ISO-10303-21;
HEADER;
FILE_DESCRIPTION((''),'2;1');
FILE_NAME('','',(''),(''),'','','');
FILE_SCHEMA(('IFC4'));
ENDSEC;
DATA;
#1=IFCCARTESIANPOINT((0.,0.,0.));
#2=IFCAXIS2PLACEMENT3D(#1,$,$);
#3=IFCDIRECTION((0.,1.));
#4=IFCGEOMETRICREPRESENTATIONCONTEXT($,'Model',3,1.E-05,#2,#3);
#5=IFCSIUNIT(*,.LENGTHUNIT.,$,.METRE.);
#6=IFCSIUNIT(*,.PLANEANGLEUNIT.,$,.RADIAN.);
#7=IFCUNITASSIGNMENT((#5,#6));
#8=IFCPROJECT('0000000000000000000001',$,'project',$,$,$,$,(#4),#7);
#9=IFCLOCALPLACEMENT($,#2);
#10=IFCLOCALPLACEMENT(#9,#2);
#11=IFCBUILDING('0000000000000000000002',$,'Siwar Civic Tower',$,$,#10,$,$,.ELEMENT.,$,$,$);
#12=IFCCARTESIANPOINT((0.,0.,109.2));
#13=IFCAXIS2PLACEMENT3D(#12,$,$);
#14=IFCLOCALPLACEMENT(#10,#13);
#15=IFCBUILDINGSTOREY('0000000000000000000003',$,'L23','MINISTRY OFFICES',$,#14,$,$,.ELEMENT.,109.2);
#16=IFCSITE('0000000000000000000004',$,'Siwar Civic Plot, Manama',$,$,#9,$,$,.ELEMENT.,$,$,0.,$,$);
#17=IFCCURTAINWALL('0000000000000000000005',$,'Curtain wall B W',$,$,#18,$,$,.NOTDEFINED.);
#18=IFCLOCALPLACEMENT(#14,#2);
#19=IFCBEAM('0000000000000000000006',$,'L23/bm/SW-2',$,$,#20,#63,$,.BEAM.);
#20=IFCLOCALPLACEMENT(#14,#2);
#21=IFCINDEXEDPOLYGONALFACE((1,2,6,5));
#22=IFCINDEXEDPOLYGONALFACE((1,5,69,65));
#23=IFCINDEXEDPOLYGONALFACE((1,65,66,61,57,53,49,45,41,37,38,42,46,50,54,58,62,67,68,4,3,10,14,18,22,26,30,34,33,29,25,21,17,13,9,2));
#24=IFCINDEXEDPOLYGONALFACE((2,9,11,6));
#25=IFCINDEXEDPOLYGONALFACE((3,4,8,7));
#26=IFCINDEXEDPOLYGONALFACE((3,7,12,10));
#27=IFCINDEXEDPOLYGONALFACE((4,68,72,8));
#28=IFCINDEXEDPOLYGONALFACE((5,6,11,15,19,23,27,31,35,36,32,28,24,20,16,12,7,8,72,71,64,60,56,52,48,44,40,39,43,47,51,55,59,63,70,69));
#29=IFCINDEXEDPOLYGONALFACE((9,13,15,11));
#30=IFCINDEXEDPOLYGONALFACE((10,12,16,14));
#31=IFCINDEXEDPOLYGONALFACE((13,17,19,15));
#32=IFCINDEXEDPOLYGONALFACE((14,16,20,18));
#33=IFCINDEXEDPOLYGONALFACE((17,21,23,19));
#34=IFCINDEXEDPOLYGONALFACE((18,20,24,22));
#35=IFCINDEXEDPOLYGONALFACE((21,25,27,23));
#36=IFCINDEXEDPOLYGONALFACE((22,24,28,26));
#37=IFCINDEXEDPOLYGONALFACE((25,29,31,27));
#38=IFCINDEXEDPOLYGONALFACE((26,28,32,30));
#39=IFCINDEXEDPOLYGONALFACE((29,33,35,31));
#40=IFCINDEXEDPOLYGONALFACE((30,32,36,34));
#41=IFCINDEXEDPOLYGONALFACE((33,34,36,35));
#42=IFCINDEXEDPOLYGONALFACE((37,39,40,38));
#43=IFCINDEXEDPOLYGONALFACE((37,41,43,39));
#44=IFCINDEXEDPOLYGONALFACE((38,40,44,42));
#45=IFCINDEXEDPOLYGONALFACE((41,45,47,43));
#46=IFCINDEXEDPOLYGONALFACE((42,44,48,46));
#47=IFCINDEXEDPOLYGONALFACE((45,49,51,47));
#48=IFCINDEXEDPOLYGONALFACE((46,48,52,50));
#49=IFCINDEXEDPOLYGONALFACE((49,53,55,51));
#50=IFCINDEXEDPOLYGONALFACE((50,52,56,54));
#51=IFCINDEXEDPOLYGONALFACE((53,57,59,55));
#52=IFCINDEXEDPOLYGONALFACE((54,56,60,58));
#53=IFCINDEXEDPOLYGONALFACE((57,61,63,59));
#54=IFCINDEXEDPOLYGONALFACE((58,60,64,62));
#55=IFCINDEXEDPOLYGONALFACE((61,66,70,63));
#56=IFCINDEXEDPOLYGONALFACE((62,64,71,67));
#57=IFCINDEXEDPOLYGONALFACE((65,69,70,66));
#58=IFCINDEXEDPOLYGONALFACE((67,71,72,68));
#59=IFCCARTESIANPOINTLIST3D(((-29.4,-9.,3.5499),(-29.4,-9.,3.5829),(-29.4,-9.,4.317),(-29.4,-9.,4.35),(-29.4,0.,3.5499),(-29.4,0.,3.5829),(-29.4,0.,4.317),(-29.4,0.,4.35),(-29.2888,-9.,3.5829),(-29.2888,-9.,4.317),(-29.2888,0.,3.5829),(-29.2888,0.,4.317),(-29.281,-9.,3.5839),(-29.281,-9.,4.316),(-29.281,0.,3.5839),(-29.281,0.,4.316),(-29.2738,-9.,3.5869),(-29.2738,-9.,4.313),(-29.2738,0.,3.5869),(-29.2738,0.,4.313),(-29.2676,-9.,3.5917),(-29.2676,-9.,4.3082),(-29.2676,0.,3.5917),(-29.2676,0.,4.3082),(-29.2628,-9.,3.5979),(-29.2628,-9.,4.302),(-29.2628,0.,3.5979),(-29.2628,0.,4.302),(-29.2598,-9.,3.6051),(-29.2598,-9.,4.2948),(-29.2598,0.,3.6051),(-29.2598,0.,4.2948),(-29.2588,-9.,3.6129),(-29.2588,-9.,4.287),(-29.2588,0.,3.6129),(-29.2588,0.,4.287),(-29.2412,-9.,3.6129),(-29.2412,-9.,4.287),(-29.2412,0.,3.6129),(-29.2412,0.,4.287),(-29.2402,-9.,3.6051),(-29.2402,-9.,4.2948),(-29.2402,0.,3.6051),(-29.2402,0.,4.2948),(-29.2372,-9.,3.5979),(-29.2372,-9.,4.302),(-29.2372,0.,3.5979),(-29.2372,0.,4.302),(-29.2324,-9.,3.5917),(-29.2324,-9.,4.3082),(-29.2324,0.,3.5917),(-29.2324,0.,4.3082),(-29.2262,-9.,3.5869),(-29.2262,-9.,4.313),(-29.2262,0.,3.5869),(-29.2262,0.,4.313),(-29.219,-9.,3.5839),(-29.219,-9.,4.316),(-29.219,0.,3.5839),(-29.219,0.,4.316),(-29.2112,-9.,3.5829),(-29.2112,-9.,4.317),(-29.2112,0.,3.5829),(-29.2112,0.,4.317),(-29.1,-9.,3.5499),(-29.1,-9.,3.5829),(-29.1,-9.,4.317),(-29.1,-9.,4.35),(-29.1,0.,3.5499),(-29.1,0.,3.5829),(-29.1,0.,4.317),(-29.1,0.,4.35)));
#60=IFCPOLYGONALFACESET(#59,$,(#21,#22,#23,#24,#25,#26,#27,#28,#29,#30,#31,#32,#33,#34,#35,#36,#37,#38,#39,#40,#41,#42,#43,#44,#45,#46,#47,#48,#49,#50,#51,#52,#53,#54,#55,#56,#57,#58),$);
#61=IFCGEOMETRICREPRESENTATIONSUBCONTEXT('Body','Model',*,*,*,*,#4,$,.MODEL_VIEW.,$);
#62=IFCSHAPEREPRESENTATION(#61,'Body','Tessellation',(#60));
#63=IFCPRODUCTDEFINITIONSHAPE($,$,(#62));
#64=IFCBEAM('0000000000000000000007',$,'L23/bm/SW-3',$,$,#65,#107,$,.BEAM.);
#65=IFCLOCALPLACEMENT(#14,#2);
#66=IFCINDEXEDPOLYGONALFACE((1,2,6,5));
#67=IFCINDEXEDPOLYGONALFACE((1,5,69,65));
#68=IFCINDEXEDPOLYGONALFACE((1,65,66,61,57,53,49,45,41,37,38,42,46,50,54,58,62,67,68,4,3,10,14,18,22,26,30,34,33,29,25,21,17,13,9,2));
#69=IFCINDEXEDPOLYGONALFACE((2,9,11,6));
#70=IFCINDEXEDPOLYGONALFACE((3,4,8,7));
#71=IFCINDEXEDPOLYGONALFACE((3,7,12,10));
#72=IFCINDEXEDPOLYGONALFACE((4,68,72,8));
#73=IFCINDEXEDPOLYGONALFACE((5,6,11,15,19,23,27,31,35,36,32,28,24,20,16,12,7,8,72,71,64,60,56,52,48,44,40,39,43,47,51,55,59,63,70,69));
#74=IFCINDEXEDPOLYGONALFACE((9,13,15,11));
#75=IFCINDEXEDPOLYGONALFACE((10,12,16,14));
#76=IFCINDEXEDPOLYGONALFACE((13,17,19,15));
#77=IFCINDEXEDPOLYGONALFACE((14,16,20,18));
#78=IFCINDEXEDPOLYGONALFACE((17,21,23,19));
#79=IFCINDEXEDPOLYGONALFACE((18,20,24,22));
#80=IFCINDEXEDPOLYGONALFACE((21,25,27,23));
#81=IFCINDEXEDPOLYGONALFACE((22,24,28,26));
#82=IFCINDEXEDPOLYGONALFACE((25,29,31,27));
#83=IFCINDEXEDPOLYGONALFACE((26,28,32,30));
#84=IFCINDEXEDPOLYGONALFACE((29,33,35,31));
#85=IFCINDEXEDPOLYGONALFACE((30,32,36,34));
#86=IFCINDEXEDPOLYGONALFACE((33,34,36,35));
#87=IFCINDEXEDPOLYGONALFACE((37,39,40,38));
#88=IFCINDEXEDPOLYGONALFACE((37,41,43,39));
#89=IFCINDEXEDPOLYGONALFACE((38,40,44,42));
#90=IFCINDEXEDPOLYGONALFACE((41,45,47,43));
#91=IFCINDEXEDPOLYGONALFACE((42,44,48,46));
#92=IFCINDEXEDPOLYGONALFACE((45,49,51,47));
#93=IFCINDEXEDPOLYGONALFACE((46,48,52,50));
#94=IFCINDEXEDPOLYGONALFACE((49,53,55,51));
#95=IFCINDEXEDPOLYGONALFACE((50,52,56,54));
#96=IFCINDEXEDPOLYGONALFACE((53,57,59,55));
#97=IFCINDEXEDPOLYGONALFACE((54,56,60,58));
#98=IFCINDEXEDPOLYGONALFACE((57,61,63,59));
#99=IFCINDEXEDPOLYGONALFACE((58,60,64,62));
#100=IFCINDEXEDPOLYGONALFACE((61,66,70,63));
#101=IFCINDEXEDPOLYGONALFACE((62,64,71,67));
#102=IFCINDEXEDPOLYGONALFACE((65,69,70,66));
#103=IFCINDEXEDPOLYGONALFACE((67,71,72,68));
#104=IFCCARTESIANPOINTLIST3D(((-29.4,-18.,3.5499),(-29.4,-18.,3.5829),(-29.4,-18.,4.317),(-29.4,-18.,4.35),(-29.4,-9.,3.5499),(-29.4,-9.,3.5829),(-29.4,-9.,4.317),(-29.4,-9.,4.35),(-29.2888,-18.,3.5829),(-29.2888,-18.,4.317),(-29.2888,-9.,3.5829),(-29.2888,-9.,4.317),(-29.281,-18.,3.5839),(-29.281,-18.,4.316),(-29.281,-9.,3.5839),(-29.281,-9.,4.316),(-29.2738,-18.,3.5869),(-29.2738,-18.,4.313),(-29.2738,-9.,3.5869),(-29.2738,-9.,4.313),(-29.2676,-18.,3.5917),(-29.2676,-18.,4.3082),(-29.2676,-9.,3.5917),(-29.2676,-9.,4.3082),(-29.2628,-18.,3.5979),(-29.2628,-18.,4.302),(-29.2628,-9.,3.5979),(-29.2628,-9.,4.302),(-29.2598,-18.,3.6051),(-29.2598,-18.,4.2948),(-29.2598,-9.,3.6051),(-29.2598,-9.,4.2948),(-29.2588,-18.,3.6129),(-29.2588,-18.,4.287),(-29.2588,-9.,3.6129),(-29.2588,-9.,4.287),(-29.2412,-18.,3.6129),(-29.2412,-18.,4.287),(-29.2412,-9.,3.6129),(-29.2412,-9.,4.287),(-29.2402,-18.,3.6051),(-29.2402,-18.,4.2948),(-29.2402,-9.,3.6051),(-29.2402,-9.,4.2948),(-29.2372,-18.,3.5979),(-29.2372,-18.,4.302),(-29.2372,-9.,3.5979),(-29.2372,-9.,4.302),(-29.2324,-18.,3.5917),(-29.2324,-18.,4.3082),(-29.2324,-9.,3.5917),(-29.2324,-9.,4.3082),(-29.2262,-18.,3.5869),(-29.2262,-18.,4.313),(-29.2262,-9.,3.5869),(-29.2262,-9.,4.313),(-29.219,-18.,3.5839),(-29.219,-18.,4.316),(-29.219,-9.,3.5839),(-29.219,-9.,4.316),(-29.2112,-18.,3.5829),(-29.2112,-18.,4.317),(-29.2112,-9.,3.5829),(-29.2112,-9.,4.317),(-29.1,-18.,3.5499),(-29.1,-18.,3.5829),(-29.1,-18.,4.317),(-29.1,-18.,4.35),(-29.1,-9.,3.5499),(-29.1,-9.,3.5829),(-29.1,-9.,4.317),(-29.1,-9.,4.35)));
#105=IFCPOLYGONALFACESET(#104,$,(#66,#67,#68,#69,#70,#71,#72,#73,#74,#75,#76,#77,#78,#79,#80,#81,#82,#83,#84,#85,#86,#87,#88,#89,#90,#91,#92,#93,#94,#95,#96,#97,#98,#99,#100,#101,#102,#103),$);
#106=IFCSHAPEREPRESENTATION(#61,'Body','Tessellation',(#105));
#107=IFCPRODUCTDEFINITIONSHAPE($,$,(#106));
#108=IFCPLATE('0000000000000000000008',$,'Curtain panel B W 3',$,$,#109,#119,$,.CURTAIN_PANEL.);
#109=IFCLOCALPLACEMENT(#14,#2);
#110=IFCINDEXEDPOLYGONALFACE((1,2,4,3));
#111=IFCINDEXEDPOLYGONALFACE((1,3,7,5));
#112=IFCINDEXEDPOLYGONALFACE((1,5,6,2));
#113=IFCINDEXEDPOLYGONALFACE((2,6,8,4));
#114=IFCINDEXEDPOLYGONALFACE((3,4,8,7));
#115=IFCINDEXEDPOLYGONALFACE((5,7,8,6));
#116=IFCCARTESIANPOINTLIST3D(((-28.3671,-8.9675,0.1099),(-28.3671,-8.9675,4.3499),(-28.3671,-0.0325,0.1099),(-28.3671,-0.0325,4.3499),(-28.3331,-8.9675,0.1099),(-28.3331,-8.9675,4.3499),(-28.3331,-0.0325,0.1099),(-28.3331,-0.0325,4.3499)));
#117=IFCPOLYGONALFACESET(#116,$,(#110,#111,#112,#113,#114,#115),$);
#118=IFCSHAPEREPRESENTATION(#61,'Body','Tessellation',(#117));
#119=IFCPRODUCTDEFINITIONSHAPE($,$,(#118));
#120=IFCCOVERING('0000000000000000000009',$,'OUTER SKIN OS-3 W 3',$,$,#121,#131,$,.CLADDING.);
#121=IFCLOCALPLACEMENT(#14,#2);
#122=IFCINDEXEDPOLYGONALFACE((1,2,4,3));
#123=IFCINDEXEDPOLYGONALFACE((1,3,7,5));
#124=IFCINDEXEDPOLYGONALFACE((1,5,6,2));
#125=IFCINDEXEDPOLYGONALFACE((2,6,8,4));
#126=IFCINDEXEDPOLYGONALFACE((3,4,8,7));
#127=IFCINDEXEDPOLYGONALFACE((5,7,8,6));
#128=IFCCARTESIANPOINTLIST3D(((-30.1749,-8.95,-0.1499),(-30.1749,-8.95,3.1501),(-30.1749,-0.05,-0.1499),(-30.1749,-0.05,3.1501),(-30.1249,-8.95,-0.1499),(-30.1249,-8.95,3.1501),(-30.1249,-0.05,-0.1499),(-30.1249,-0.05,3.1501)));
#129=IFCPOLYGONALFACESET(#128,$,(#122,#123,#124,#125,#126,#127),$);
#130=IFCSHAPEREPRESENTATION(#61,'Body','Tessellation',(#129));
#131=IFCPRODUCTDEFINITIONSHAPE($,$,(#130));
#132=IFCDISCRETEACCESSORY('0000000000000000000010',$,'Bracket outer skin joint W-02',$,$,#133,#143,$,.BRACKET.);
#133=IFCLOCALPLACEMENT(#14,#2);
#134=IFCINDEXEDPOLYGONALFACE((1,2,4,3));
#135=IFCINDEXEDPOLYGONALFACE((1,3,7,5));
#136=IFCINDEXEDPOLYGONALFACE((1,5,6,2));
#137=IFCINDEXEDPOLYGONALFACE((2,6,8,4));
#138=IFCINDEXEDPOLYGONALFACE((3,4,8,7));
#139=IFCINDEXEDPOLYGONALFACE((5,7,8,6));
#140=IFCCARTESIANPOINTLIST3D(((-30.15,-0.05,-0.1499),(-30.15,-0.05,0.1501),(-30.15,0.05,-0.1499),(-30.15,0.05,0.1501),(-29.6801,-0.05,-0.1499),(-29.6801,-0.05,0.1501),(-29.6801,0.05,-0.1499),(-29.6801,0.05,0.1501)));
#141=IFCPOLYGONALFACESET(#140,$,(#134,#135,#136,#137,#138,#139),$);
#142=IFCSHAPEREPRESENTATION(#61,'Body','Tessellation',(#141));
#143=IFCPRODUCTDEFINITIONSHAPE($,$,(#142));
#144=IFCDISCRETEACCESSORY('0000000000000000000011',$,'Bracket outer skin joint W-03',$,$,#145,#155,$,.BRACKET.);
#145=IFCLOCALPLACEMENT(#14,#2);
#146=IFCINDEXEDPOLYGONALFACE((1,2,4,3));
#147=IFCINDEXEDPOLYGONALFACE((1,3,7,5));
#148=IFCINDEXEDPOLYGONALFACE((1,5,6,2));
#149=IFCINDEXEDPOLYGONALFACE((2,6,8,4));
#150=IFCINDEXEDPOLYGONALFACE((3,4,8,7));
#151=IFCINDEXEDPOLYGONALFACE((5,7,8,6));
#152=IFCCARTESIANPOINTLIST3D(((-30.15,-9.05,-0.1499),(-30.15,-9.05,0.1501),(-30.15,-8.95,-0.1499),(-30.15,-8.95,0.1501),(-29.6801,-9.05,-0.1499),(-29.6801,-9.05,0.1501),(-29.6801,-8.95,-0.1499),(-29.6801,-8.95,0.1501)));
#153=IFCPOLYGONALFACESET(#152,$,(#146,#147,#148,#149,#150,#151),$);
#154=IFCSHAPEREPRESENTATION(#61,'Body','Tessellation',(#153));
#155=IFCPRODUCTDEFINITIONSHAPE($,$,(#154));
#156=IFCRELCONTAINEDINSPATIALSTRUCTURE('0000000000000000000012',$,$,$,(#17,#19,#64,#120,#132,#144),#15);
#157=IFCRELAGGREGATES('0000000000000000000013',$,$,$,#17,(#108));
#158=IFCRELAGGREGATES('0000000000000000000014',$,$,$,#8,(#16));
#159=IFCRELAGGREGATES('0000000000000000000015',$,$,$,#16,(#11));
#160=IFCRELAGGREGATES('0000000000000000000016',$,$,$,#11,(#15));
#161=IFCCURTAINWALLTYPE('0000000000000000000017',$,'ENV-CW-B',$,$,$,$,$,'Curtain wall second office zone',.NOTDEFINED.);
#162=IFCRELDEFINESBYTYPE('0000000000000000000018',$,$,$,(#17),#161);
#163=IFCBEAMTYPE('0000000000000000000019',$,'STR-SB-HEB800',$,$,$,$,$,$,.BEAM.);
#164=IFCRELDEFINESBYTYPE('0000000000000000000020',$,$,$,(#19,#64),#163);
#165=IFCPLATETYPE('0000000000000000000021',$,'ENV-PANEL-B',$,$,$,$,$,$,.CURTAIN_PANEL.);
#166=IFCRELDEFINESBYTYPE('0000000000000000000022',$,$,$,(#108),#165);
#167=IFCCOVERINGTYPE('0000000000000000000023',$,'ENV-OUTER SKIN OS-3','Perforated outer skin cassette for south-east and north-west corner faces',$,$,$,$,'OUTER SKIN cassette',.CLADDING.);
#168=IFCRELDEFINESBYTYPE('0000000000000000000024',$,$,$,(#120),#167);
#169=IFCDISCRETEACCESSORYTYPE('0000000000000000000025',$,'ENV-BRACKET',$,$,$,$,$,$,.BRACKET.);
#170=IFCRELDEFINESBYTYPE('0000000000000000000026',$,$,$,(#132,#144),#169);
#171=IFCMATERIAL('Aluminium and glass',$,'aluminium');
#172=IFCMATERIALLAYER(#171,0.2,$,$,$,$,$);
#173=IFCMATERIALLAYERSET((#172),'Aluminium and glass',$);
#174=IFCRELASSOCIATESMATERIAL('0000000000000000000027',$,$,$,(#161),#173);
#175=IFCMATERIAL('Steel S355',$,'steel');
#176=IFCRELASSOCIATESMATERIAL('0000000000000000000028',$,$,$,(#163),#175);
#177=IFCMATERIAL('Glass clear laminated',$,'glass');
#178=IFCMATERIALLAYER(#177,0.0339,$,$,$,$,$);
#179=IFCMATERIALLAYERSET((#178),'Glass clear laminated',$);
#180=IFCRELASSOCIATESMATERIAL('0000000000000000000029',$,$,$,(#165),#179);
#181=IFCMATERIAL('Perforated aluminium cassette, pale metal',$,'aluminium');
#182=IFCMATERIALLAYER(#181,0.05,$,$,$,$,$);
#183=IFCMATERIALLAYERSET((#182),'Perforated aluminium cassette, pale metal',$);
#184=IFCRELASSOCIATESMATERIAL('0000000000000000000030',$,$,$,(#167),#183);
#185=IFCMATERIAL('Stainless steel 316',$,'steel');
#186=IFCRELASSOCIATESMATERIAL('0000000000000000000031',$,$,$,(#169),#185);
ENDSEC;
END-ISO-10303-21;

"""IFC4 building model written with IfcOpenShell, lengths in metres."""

from ifc_helpers import new_model, si_unit, direction, frame, origin, origin_2d, place, context, subcontext, project, spatial, rectangle, i_section, extrude, material, layer, layer_set, material_profile, profile_set, type_object, element, aggregate, save


model = new_model("IFC4")

# Units and contexts
model_context = context("Model", 3, precision=1e-05, world=origin(), true_north=direction((0.0, 1.0)))
body_context = subcontext(model_context, "Body", "Model", "MODEL_VIEW")
ifc_project = project(units=[si_unit("LENGTHUNIT", "METRE"), si_unit("PLANEANGLEUNIT", "RADIAN")], contexts=[model_context])

# Site, building, storey
site_placement = place(None, origin())
site = spatial("IfcSite", under=ifc_project, at=site_placement, Name="Siwar Civic Plot, Manama", CompositionType="ELEMENT", RefElevation=0.0)
building_placement = place(site_placement, origin())
building = spatial("IfcBuilding", under=site, at=building_placement, Name="Siwar Civic Tower", CompositionType="ELEMENT")
storey_placement = place(building_placement, frame((0.0, 0.0, 109.2)))
storey = spatial("IfcBuildingStorey", under=building, at=storey_placement, Name="L23", Description="MINISTRY OFFICES", CompositionType="ELEMENT", Elevation=109.2)

# Curtain wall
ifc_material_1 = material(Name="Aluminium and glass", Category="aluminium")
ifc_layer_1 = layer(ifc_material_1, 0.2)
ifc_layer_set_1 = layer_set([ifc_layer_1], Name="Aluminium and glass")
curtain_wall_type = type_object("IfcCurtainWallType", Name="ENV-CW-B", ElementType="Curtain wall second office zone", PredefinedType="NOTDEFINED", material=ifc_layer_set_1)
curtain_wall_placement = place(storey_placement, origin())
curtain_wall = element("IfcCurtainWall", 1, at=curtain_wall_placement, inside=storey, type_object=curtain_wall_type, Name="Curtain wall B W", PredefinedType="NOTDEFINED")

# Beams
ifc_material_2 = material(Name="Steel S355", Category="steel")
ifc_material_profile_1 = material_profile(ifc_material_2, i_section(OverallWidth=0.3, OverallDepth=0.8, WebThickness=0.0176, FlangeThickness=0.033, FilletRadius=0.03, at=origin_2d()), Name="HEB800")
ifc_profile_set_1 = profile_set([ifc_material_profile_1], Name="Steel S355")
beam_type_1 = type_object("IfcBeamType", Name="STR-SB-HEB800", PredefinedType="BEAM", material=ifc_profile_set_1)
for number, where, z_axis, x_axis, name in (
    (2, (-29.25, 0.0, 3.95), (0.0, -1.0, 0.0), (1.0, 0.0, 0.0), "L23/bm/SW-2"),
    (3, (-29.25, -9.0, 3.95), (0.0, -1.0, 0.0), (1.0, 0.0, 0.0), "L23/bm/SW-3"),
):
    element("IfcBeam", number, at=place(storey_placement, frame(where, z_axis=z_axis, x_axis=x_axis)), inside=storey, type_object=beam_type_1, Name=name, PredefinedType="BEAM", context=body_context, shape_type="SweptSolid", body=[
        extrude(i_section(OverallWidth=0.3, OverallDepth=0.8, WebThickness=0.0176, FlangeThickness=0.033, FilletRadius=0.03, at=origin_2d()), origin(), (0.0, 0.0, 1.0), 9.0),
    ])

# Plate
ifc_material_3 = material(Name="Glass clear laminated", Category="glass")
ifc_layer_2 = layer(ifc_material_3, 0.0339)
ifc_layer_set_2 = layer_set([ifc_layer_2], Name="Glass clear laminated")
plate_type = type_object("IfcPlateType", Name="ENV-PANEL-B", PredefinedType="CURTAIN_PANEL", material=ifc_layer_set_2)
plate_placement = place(storey_placement, frame((-28.3501, -4.5, 0.1099), z_axis=(0.0, 0.0, 1.0), x_axis=(0.0, -1.0, 0.0)))
plate = element("IfcPlate", 4, at=plate_placement, type_object=plate_type, Name="Curtain panel B W 3", PredefinedType="CURTAIN_PANEL", context=body_context, shape_type="SweptSolid", body=[
    extrude(rectangle(XDim=8.9351, YDim=0.0339, at=origin_2d()), origin(), (0.0, 0.0, 1.0), 4.24),
])
aggregate(curtain_wall, [plate])

# Covering
ifc_material_4 = material(Name="Perforated aluminium cassette, pale metal", Category="aluminium")
ifc_layer_3 = layer(ifc_material_4, 0.05)
ifc_layer_set_3 = layer_set([ifc_layer_3], Name="Perforated aluminium cassette, pale metal")
covering_type = type_object("IfcCoveringType", Name="ENV-OUTER SKIN OS-3", Description="Perforated outer skin cassette for south-east and north-west corner faces", ElementType="OUTER SKIN cassette", PredefinedType="CLADDING", material=ifc_layer_set_3)
covering_placement = place(storey_placement, frame((-30.1499, -4.5, -0.1499), z_axis=(0.0, 0.0, 1.0), x_axis=(0.0, -1.0, 0.0)))
element("IfcCovering", 5, at=covering_placement, inside=storey, type_object=covering_type, Name="OUTER SKIN OS-3 W 3", PredefinedType="CLADDING", context=body_context, shape_type="SweptSolid", body=[
    extrude(rectangle(XDim=8.8999, YDim=0.05, at=origin_2d()), origin(), (0.0, 0.0, 1.0), 3.3),
])

# Discrete accessories
ifc_material_5 = material(Name="Stainless steel 316", Category="steel")
discrete_accessory_type = type_object("IfcDiscreteAccessoryType", Name="ENV-BRACKET", PredefinedType="BRACKET", material=ifc_material_5)
for number, where, z_axis, x_axis, name in (
    (6, (-29.915, 0.0, -0.1499), (0.0, 0.0, 1.0), (-1.0, 0.0, 0.0), "Bracket outer skin joint W-02"),
    (7, (-29.915, -9.0, -0.1499), (0.0, 0.0, 1.0), (-1.0, 0.0, 0.0), "Bracket outer skin joint W-03"),
):
    element("IfcDiscreteAccessory", number, at=place(storey_placement, frame(where, z_axis=z_axis, x_axis=x_axis)), inside=storey, type_object=discrete_accessory_type, Name=name, PredefinedType="BRACKET", context=body_context, shape_type="SweptSolid", body=[
        extrude(rectangle(XDim=0.47, YDim=0.1001, at=origin_2d()), origin(), (0.0, 0.0, 1.0), 0.3),
    ])

save(model, "model.ifc")
